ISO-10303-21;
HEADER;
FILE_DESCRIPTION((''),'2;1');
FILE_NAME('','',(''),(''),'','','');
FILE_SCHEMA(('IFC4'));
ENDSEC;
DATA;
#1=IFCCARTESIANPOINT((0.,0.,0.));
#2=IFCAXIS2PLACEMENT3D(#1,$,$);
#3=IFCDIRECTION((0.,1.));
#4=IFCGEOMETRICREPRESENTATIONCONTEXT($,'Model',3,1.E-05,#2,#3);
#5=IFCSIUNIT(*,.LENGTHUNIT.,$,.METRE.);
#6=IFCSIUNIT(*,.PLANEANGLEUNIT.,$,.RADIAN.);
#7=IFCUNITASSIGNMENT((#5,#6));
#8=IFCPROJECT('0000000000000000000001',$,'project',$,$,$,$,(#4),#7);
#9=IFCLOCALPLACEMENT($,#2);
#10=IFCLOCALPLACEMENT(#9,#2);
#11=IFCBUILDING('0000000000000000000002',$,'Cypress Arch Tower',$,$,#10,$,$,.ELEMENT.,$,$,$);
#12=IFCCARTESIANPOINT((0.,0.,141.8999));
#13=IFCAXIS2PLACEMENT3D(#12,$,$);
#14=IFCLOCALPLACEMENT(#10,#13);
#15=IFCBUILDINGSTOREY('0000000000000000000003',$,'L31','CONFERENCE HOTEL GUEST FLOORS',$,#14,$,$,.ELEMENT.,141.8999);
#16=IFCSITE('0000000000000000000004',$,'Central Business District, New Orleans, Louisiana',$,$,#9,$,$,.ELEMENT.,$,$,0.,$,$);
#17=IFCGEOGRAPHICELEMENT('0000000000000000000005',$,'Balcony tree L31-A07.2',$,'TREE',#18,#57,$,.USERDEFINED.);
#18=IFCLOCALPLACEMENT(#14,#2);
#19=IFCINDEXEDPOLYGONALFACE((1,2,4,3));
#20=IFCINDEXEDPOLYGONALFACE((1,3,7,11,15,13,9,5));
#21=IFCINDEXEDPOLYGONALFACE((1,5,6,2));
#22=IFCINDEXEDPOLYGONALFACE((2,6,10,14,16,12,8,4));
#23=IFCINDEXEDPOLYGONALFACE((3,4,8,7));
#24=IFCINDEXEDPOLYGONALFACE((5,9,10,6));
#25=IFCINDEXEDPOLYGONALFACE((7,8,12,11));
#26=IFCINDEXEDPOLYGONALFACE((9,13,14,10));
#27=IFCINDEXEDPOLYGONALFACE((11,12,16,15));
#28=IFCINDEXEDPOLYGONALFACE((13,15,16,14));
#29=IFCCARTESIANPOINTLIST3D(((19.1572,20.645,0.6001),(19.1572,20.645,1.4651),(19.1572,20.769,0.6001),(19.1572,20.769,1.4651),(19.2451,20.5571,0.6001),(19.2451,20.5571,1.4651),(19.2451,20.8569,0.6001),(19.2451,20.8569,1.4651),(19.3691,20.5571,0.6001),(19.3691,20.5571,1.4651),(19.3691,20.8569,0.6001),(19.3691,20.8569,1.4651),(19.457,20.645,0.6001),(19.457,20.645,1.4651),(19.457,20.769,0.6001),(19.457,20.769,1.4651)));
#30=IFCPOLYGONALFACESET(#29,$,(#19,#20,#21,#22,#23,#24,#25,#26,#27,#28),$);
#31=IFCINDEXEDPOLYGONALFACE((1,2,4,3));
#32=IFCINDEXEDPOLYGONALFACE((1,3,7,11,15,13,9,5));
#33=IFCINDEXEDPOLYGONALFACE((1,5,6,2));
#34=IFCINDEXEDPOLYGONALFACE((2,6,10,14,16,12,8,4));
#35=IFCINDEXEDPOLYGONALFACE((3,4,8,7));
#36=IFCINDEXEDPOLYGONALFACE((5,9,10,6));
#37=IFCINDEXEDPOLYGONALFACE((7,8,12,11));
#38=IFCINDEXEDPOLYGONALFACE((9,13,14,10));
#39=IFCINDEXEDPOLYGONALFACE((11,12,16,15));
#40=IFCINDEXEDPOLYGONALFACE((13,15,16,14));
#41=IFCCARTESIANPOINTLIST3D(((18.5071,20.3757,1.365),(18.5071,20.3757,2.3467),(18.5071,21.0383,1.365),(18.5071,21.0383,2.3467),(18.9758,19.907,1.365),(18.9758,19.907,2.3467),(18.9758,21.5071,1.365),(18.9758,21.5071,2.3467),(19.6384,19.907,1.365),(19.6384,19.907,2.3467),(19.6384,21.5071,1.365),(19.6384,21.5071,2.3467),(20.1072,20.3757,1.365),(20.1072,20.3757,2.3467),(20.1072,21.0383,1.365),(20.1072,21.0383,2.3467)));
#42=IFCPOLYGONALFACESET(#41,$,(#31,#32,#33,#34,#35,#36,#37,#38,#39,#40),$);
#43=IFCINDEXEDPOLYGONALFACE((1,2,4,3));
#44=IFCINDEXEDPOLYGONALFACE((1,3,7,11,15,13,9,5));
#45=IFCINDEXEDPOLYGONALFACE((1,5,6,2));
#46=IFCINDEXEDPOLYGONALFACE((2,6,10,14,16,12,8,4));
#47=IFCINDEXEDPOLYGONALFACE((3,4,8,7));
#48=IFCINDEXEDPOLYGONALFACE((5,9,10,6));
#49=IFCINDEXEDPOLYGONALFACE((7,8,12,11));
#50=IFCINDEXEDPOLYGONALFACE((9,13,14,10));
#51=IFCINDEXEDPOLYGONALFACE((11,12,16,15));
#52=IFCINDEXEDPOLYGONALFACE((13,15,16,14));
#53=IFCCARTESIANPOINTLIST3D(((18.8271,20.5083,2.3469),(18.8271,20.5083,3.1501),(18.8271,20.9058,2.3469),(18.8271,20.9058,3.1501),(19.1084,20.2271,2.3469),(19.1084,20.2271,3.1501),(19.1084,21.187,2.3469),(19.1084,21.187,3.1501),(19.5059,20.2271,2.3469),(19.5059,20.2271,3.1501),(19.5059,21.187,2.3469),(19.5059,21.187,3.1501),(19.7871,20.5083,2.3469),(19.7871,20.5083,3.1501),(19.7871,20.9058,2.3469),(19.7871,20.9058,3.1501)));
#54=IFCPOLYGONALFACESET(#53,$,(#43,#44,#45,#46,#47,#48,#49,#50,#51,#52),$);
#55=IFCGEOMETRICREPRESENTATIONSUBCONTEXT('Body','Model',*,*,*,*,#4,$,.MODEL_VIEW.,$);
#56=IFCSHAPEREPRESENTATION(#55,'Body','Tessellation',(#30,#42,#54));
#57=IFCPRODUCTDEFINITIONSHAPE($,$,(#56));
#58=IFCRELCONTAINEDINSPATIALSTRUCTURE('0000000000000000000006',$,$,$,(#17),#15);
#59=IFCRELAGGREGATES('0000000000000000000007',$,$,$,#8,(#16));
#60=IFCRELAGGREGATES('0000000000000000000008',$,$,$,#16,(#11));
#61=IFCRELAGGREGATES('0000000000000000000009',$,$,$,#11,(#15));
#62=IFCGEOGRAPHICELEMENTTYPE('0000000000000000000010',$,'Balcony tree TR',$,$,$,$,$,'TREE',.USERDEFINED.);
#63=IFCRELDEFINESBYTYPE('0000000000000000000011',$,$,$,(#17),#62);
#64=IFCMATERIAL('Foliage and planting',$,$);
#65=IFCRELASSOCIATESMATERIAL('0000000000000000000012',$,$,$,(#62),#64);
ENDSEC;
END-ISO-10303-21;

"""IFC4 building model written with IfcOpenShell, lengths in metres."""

from ifc_helpers import new_model, si_unit, direction, frame, origin, place, context, subcontext, project, spatial, polyline, outline, extrude, material, type_object, element, save


model = new_model("IFC4")

# Units and contexts
model_context = context("Model", 3, precision=1e-05, world=origin(), true_north=direction((0.0, 1.0)))
body_context = subcontext(model_context, "Body", "Model", "MODEL_VIEW")
ifc_project = project(units=[si_unit("LENGTHUNIT", "METRE"), si_unit("PLANEANGLEUNIT", "RADIAN")], contexts=[model_context])

# Site, building, storey
site_placement = place(None, origin())
site = spatial("IfcSite", under=ifc_project, at=site_placement, Name="Central Business District, New Orleans, Louisiana", CompositionType="ELEMENT", RefElevation=0.0)
building_placement = place(site_placement, origin())
building = spatial("IfcBuilding", under=site, at=building_placement, Name="Cypress Arch Tower", CompositionType="ELEMENT")
storey_placement = place(building_placement, frame((0.0, 0.0, 141.8999)))
storey = spatial("IfcBuildingStorey", under=building, at=storey_placement, Name="L31", Description="CONFERENCE HOTEL GUEST FLOORS", CompositionType="ELEMENT", Elevation=141.8999)

# Geographic element
ifc_material_1 = material(Name="Foliage and planting")
geographic_element_type = type_object("IfcGeographicElementType", Name="Balcony tree TR", ElementType="TREE", PredefinedType="USERDEFINED", material=ifc_material_1)
geographic_element_placement = place(storey_placement, frame((19.3071, 20.707, 0.6001), z_axis=(0.0, 0.0, 1.0), x_axis=(1.0, 0.0, 0.0)))
element("IfcGeographicElement", 1, at=geographic_element_placement, inside=storey, type_object=geographic_element_type, Name="Balcony tree L31-A07.2", ObjectType="TREE", PredefinedType="USERDEFINED", context=body_context, shape_type="SweptSolid", body=[
    extrude(outline(polyline([(0.1499, 0.062), (0.062, 0.1499), (-0.062, 0.1499), (-0.1499, 0.062), (-0.1499, -0.062), (-0.062, -0.1499), (0.062, -0.1499), (0.1499, -0.062), (0.1499, 0.062)])), origin(), (0.0, 0.0, 1.0), 0.865),
    extrude(outline(polyline([(0.8, 0.3313), (0.3313, 0.8), (-0.3313, 0.8), (-0.8, 0.3313), (-0.8, -0.3313), (-0.3313, -0.8), (0.3313, -0.8), (0.8, -0.3313), (0.8, 0.3313)])), frame((0.0, 0.0, 0.7649)), (0.0, 0.0, 1.0), 0.9817),
    extrude(outline(polyline([(0.48, 0.1987), (0.1987, 0.48), (-0.1987, 0.48), (-0.48, 0.1987), (-0.48, -0.1987), (-0.1987, -0.48), (0.1987, -0.48), (0.48, -0.1987), (0.48, 0.1987)])), frame((0.0, 0.0, 1.7468)), (0.0, 0.0, 1.0), 0.8032),
])

save(model, "model.ifc")
